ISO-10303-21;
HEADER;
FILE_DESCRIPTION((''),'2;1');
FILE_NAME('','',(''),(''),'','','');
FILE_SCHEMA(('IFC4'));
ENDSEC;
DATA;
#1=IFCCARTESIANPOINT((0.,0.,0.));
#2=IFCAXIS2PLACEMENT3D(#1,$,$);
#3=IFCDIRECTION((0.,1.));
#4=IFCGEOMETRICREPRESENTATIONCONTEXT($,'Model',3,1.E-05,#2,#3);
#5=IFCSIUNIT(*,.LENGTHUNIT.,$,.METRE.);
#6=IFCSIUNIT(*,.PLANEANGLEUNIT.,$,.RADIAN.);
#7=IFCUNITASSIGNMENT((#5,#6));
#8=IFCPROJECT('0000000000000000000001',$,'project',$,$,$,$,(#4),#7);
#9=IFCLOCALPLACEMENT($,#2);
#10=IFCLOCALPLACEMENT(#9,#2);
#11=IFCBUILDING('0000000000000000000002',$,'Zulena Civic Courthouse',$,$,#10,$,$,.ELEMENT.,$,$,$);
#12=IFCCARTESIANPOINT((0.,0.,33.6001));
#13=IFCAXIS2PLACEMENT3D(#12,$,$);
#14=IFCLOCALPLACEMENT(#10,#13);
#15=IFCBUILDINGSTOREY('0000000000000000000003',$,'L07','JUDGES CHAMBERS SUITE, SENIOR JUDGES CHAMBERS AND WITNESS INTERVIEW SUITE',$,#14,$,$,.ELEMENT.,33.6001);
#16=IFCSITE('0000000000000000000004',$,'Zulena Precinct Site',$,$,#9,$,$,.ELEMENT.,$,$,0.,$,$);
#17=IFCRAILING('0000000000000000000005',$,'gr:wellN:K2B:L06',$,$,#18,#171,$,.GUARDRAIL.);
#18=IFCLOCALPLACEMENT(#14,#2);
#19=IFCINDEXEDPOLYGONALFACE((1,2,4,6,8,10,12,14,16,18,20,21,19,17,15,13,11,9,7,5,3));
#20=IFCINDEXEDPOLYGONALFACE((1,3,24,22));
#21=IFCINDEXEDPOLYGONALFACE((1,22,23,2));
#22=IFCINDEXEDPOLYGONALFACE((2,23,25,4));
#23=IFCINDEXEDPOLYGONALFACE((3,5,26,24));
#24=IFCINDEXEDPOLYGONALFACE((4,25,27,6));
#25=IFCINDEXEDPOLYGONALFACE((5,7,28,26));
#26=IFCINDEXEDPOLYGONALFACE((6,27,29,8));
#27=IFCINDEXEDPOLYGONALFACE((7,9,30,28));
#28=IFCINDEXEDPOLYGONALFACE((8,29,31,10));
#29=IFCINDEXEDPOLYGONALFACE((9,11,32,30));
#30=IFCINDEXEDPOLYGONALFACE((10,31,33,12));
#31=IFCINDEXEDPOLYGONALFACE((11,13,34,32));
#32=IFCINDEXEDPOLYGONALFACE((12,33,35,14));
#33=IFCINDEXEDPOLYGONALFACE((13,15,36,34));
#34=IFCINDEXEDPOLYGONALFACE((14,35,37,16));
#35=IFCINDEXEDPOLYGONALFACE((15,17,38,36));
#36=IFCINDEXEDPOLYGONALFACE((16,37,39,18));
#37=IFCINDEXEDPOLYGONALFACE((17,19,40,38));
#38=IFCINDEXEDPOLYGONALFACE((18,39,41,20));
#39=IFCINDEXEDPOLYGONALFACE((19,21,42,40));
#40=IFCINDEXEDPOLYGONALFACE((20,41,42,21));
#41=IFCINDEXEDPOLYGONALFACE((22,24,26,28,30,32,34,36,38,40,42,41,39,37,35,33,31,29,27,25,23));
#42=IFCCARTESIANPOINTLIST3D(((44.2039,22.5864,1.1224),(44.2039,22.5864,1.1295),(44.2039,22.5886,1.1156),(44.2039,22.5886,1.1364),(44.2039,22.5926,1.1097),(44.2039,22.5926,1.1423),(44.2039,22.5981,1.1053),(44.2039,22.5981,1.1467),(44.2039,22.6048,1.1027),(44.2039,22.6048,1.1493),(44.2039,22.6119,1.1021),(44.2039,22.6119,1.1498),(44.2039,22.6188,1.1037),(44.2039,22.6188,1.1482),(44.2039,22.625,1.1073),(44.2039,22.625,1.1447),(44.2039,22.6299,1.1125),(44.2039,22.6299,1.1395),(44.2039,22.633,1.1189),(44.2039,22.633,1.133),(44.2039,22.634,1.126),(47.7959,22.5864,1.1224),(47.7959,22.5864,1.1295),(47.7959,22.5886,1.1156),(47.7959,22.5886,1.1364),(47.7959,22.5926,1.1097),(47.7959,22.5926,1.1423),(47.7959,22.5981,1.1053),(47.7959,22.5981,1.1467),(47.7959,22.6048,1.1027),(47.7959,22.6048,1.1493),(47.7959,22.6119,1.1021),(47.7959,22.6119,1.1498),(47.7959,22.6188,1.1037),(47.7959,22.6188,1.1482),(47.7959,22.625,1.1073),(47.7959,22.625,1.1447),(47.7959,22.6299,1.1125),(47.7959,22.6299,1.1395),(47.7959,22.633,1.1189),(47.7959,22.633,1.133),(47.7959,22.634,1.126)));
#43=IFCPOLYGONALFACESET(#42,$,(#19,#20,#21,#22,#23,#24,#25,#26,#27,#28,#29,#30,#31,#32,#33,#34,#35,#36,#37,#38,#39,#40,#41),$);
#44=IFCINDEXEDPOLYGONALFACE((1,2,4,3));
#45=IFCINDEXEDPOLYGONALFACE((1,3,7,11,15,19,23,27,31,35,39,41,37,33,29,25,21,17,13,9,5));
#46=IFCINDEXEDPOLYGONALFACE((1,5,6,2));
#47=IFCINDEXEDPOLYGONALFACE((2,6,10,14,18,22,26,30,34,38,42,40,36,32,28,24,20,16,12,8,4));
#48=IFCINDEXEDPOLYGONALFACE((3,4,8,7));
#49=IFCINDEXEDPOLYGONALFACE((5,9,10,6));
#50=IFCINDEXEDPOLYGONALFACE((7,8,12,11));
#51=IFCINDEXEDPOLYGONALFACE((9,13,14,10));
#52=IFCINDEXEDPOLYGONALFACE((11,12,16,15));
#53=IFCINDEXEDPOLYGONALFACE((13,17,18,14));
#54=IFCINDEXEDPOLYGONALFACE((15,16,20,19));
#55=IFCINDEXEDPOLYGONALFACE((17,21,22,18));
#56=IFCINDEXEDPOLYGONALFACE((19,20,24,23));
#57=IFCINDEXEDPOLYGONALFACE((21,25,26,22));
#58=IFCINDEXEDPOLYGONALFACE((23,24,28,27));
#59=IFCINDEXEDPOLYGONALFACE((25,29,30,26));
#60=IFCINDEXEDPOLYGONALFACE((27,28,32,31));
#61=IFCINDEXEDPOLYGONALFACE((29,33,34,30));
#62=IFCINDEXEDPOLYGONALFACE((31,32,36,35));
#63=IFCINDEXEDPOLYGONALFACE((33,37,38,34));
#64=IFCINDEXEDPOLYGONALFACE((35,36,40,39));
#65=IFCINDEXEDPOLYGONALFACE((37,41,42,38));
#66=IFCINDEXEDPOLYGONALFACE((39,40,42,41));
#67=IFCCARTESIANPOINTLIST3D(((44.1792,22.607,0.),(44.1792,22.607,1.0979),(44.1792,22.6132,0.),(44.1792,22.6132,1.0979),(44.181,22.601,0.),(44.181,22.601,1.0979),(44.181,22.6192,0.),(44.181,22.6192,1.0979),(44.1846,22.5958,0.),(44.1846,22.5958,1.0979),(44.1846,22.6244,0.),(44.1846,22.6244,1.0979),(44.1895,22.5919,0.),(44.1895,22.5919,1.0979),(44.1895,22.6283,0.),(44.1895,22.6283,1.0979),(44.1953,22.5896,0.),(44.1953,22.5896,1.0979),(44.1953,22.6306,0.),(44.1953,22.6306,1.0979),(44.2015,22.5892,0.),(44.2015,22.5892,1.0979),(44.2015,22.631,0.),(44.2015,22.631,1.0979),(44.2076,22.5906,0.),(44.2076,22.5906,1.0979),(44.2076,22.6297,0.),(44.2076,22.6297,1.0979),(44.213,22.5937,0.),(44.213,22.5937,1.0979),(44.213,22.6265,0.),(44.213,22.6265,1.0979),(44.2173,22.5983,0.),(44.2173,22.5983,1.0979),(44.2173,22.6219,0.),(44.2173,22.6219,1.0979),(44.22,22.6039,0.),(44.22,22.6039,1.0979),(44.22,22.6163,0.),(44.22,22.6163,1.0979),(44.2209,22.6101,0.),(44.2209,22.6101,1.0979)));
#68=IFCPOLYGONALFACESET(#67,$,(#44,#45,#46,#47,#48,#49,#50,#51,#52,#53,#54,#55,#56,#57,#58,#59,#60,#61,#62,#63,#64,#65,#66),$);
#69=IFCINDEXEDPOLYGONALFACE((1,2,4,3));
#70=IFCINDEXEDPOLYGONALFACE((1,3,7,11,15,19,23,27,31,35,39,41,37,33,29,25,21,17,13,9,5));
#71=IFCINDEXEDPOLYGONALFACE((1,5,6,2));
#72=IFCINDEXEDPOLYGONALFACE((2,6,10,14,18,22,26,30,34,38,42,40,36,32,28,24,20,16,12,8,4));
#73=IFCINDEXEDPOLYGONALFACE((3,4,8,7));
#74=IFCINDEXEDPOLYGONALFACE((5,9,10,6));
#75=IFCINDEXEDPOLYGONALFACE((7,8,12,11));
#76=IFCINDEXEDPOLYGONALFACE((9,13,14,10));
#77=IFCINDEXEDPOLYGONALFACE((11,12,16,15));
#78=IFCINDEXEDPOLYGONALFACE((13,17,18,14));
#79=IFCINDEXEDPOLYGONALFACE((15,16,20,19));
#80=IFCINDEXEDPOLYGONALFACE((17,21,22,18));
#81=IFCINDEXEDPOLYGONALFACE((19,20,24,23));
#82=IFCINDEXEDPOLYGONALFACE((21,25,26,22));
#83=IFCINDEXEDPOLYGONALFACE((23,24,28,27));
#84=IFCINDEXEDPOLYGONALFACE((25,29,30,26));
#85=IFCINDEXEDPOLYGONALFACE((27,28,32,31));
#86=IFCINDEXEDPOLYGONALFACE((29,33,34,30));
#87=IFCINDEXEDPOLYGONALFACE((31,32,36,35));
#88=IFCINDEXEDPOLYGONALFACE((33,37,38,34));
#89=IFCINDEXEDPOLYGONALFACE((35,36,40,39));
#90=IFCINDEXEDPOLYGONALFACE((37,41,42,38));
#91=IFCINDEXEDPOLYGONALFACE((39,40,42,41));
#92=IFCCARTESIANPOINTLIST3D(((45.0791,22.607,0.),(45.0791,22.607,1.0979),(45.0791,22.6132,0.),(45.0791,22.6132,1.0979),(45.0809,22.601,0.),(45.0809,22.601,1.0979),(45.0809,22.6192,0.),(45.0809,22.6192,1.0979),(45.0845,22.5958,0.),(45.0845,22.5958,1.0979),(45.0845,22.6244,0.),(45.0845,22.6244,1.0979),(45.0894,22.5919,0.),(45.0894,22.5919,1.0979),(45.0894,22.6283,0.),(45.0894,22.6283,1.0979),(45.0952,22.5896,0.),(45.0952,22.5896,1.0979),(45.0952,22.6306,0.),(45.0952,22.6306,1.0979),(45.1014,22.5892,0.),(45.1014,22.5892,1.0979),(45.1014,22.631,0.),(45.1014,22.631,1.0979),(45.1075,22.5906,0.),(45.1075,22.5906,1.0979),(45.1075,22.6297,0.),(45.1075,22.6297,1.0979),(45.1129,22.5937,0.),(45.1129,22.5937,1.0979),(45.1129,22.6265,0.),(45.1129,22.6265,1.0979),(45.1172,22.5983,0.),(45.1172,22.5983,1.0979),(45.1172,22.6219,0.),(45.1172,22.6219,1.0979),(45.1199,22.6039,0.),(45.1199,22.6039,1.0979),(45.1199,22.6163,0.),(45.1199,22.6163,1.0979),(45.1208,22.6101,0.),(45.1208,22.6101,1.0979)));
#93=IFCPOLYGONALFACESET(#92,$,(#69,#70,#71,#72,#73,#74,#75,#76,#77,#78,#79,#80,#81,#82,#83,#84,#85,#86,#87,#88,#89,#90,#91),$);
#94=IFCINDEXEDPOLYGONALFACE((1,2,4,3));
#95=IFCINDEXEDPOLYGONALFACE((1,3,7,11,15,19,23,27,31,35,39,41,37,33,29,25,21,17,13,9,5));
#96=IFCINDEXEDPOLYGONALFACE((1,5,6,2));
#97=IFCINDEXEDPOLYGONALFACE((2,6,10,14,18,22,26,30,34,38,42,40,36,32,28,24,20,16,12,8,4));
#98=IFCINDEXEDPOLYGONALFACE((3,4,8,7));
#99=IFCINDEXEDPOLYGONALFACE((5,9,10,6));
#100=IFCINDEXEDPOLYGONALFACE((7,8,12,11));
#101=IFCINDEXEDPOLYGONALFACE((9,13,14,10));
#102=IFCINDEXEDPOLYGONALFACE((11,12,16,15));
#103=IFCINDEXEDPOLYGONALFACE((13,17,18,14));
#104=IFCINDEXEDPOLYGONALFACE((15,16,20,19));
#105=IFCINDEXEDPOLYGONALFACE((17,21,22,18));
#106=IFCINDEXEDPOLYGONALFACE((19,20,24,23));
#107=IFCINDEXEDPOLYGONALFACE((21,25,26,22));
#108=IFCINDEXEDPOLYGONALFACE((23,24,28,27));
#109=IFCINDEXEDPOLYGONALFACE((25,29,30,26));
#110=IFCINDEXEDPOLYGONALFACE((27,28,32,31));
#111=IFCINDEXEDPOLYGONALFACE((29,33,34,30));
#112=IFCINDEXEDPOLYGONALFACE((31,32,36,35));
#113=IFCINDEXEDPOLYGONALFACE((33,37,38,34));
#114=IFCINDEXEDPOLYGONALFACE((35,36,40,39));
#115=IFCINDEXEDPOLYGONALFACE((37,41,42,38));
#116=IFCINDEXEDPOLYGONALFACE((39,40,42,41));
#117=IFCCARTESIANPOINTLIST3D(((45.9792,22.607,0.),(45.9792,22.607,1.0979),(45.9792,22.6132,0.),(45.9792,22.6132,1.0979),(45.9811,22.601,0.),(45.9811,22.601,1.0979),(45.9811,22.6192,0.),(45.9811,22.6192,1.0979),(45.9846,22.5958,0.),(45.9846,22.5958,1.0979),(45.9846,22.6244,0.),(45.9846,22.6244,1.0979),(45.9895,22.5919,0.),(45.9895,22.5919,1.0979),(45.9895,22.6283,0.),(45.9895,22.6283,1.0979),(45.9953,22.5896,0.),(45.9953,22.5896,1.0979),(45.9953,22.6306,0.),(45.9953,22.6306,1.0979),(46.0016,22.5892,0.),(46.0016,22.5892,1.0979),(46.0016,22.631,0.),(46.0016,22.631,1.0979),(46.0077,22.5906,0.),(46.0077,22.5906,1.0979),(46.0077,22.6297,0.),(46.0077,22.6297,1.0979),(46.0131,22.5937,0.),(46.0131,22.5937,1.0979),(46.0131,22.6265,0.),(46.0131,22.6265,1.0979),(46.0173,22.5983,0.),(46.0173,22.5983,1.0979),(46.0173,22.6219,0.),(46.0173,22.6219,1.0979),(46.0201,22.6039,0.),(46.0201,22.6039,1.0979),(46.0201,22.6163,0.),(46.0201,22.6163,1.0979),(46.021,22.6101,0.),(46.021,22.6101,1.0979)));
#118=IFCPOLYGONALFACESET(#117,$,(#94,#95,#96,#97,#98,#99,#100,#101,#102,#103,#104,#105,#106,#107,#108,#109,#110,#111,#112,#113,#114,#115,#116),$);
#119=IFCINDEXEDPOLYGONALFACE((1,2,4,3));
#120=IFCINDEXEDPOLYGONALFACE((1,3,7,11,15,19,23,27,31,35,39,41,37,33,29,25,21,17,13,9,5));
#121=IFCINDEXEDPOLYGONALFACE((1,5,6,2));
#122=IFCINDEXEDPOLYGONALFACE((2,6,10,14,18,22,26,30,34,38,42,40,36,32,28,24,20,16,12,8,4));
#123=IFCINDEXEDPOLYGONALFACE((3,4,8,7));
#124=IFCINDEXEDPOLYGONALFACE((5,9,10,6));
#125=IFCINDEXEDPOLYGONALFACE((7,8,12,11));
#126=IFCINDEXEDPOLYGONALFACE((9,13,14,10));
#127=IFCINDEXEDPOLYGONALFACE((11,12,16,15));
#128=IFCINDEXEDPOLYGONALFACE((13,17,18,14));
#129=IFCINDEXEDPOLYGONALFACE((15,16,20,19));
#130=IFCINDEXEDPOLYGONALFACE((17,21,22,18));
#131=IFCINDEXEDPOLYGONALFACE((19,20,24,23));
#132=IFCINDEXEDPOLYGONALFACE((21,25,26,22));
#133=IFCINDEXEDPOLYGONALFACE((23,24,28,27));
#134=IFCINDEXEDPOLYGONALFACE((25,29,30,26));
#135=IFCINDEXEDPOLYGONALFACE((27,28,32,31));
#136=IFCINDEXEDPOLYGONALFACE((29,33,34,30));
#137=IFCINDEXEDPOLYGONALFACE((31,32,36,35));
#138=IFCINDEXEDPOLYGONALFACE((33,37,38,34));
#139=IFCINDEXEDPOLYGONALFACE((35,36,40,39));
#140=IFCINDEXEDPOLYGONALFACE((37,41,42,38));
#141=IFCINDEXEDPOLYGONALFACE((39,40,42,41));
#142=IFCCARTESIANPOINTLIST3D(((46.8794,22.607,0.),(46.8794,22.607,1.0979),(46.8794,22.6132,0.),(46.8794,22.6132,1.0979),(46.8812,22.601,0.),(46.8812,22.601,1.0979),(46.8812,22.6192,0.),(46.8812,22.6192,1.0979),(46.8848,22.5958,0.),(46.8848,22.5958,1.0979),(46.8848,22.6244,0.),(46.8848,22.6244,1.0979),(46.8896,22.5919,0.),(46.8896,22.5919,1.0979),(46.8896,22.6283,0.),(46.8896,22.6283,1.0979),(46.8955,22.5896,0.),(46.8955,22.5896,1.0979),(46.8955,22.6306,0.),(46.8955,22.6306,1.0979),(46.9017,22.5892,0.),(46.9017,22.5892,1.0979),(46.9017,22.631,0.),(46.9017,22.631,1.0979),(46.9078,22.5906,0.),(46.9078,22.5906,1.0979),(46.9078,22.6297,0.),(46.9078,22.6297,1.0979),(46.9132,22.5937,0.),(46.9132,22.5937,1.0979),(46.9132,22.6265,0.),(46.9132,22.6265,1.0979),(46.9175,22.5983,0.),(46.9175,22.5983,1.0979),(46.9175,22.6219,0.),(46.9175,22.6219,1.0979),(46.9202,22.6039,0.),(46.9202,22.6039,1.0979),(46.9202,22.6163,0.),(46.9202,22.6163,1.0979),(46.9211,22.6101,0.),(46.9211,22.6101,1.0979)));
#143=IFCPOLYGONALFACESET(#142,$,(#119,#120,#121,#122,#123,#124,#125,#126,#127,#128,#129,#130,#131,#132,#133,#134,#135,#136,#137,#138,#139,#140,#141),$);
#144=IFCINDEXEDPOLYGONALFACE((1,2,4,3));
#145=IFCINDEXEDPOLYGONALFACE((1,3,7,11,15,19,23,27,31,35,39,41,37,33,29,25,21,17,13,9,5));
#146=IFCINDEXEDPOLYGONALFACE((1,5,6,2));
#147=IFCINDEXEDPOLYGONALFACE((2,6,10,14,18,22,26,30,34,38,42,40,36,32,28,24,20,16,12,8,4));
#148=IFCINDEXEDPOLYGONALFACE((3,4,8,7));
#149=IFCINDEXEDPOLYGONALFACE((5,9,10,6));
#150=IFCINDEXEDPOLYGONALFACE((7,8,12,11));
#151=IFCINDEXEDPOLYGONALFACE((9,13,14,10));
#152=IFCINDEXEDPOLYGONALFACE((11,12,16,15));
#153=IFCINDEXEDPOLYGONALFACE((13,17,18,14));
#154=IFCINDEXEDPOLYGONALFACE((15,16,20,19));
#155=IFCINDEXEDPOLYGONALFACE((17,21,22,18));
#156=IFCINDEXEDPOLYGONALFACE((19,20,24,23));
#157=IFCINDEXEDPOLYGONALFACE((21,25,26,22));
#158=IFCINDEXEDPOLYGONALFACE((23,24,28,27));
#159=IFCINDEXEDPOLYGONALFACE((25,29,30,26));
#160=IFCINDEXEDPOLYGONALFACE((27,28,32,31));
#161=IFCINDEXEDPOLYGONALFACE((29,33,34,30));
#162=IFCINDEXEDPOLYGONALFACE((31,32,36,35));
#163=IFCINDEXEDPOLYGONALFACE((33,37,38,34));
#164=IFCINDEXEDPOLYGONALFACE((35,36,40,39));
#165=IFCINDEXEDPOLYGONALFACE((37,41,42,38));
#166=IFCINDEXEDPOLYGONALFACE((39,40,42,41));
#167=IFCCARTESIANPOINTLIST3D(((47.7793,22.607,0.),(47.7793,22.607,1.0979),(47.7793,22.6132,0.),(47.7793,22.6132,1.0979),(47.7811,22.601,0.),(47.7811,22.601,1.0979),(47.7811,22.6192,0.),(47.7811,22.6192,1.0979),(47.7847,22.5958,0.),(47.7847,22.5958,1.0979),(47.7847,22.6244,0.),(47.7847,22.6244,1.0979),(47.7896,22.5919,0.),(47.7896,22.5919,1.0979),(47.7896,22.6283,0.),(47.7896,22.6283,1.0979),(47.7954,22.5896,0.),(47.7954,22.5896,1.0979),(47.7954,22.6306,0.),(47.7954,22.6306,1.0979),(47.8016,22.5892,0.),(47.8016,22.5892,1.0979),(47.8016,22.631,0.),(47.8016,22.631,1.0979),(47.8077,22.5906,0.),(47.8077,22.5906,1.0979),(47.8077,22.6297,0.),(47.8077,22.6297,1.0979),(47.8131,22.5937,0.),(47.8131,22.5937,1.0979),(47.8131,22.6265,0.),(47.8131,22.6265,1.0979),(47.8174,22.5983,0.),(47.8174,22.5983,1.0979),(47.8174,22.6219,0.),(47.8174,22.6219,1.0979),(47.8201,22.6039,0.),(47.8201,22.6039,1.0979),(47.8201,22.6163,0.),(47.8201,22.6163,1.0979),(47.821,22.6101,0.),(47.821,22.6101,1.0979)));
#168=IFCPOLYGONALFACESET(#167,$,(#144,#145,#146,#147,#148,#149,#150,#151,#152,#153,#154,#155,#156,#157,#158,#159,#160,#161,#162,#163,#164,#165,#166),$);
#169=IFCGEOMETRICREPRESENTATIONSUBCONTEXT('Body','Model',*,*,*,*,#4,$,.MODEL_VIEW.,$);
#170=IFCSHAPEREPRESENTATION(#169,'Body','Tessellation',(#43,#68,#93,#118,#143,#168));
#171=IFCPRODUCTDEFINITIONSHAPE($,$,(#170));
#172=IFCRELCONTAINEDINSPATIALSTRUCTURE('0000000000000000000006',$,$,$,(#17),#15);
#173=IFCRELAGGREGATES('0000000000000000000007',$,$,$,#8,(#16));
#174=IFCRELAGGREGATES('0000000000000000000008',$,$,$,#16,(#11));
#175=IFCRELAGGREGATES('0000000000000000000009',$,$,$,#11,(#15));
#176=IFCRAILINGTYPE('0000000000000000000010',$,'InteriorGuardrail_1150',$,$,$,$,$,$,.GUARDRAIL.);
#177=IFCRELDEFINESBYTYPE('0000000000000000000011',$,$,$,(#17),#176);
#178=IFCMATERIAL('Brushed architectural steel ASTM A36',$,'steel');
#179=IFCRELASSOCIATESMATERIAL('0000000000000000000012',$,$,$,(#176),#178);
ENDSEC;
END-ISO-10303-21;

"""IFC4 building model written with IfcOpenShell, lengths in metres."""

from ifc_helpers import new_model, si_unit, direction, frame, origin, origin_2d, place, context, subcontext, project, spatial, circle, extrude, material, type_object, element, save


model = new_model("IFC4")

# Units and contexts
model_context = context("Model", 3, precision=1e-05, world=origin(), true_north=direction((0.0, 1.0)))
body_context = subcontext(model_context, "Body", "Model", "MODEL_VIEW")
ifc_project = project(units=[si_unit("LENGTHUNIT", "METRE"), si_unit("PLANEANGLEUNIT", "RADIAN")], contexts=[model_context])

# Site, building, storey
site_placement = place(None, origin())
site = spatial("IfcSite", under=ifc_project, at=site_placement, Name="Zulena Precinct Site", CompositionType="ELEMENT", RefElevation=0.0)
building_placement = place(site_placement, origin())
building = spatial("IfcBuilding", under=site, at=building_placement, Name="Zulena Civic Courthouse", CompositionType="ELEMENT")
storey_placement = place(building_placement, frame((0.0, 0.0, 33.6001)))
storey = spatial("IfcBuildingStorey", under=building, at=storey_placement, Name="L07", Description="JUDGES CHAMBERS SUITE, SENIOR JUDGES CHAMBERS AND WITNESS INTERVIEW SUITE", CompositionType="ELEMENT", Elevation=33.6001)

# Railing
ifc_material_1 = material(Name="Brushed architectural steel ASTM A36", Category="steel")
railing_type_1 = type_object("IfcRailingType", Name="InteriorGuardrail_1150", PredefinedType="GUARDRAIL", material=ifc_material_1)
railing_1_placement = place(storey_placement, frame((44.2, 22.6101, 0.0)))
element("IfcRailing", 1, at=railing_1_placement, inside=storey, type_object=railing_type_1, Name="gr:wellN:K2B:L06", PredefinedType="GUARDRAIL", context=body_context, shape_type="SweptSolid", body=[
    extrude(circle(Radius=0.0239, at=origin_2d()), frame((0.0039, 0.0, 1.126), z_axis=(1.0, 0.0, 0.0), x_axis=(0.0, 1.0, 0.0)), (0.0, 0.0, 1.0), 3.592),
    extrude(circle(Radius=0.021, at=origin_2d()), origin(), (0.0, 0.0, 1.0), 1.0979),
    extrude(circle(Radius=0.021, at=origin_2d()), frame((0.8999, 0.0, 0.0)), (0.0, 0.0, 1.0), 1.0979),
    extrude(circle(Radius=0.021, at=origin_2d()), frame((1.8, 0.0, 0.0)), (0.0, 0.0, 1.0), 1.0979),
    extrude(circle(Radius=0.021, at=origin_2d()), frame((2.7002, 0.0, 0.0)), (0.0, 0.0, 1.0), 1.0979),
    extrude(circle(Radius=0.021, at=origin_2d()), frame((3.6001, 0.0, 0.0)), (0.0, 0.0, 1.0), 1.0979),
])

save(model, "model.ifc")
